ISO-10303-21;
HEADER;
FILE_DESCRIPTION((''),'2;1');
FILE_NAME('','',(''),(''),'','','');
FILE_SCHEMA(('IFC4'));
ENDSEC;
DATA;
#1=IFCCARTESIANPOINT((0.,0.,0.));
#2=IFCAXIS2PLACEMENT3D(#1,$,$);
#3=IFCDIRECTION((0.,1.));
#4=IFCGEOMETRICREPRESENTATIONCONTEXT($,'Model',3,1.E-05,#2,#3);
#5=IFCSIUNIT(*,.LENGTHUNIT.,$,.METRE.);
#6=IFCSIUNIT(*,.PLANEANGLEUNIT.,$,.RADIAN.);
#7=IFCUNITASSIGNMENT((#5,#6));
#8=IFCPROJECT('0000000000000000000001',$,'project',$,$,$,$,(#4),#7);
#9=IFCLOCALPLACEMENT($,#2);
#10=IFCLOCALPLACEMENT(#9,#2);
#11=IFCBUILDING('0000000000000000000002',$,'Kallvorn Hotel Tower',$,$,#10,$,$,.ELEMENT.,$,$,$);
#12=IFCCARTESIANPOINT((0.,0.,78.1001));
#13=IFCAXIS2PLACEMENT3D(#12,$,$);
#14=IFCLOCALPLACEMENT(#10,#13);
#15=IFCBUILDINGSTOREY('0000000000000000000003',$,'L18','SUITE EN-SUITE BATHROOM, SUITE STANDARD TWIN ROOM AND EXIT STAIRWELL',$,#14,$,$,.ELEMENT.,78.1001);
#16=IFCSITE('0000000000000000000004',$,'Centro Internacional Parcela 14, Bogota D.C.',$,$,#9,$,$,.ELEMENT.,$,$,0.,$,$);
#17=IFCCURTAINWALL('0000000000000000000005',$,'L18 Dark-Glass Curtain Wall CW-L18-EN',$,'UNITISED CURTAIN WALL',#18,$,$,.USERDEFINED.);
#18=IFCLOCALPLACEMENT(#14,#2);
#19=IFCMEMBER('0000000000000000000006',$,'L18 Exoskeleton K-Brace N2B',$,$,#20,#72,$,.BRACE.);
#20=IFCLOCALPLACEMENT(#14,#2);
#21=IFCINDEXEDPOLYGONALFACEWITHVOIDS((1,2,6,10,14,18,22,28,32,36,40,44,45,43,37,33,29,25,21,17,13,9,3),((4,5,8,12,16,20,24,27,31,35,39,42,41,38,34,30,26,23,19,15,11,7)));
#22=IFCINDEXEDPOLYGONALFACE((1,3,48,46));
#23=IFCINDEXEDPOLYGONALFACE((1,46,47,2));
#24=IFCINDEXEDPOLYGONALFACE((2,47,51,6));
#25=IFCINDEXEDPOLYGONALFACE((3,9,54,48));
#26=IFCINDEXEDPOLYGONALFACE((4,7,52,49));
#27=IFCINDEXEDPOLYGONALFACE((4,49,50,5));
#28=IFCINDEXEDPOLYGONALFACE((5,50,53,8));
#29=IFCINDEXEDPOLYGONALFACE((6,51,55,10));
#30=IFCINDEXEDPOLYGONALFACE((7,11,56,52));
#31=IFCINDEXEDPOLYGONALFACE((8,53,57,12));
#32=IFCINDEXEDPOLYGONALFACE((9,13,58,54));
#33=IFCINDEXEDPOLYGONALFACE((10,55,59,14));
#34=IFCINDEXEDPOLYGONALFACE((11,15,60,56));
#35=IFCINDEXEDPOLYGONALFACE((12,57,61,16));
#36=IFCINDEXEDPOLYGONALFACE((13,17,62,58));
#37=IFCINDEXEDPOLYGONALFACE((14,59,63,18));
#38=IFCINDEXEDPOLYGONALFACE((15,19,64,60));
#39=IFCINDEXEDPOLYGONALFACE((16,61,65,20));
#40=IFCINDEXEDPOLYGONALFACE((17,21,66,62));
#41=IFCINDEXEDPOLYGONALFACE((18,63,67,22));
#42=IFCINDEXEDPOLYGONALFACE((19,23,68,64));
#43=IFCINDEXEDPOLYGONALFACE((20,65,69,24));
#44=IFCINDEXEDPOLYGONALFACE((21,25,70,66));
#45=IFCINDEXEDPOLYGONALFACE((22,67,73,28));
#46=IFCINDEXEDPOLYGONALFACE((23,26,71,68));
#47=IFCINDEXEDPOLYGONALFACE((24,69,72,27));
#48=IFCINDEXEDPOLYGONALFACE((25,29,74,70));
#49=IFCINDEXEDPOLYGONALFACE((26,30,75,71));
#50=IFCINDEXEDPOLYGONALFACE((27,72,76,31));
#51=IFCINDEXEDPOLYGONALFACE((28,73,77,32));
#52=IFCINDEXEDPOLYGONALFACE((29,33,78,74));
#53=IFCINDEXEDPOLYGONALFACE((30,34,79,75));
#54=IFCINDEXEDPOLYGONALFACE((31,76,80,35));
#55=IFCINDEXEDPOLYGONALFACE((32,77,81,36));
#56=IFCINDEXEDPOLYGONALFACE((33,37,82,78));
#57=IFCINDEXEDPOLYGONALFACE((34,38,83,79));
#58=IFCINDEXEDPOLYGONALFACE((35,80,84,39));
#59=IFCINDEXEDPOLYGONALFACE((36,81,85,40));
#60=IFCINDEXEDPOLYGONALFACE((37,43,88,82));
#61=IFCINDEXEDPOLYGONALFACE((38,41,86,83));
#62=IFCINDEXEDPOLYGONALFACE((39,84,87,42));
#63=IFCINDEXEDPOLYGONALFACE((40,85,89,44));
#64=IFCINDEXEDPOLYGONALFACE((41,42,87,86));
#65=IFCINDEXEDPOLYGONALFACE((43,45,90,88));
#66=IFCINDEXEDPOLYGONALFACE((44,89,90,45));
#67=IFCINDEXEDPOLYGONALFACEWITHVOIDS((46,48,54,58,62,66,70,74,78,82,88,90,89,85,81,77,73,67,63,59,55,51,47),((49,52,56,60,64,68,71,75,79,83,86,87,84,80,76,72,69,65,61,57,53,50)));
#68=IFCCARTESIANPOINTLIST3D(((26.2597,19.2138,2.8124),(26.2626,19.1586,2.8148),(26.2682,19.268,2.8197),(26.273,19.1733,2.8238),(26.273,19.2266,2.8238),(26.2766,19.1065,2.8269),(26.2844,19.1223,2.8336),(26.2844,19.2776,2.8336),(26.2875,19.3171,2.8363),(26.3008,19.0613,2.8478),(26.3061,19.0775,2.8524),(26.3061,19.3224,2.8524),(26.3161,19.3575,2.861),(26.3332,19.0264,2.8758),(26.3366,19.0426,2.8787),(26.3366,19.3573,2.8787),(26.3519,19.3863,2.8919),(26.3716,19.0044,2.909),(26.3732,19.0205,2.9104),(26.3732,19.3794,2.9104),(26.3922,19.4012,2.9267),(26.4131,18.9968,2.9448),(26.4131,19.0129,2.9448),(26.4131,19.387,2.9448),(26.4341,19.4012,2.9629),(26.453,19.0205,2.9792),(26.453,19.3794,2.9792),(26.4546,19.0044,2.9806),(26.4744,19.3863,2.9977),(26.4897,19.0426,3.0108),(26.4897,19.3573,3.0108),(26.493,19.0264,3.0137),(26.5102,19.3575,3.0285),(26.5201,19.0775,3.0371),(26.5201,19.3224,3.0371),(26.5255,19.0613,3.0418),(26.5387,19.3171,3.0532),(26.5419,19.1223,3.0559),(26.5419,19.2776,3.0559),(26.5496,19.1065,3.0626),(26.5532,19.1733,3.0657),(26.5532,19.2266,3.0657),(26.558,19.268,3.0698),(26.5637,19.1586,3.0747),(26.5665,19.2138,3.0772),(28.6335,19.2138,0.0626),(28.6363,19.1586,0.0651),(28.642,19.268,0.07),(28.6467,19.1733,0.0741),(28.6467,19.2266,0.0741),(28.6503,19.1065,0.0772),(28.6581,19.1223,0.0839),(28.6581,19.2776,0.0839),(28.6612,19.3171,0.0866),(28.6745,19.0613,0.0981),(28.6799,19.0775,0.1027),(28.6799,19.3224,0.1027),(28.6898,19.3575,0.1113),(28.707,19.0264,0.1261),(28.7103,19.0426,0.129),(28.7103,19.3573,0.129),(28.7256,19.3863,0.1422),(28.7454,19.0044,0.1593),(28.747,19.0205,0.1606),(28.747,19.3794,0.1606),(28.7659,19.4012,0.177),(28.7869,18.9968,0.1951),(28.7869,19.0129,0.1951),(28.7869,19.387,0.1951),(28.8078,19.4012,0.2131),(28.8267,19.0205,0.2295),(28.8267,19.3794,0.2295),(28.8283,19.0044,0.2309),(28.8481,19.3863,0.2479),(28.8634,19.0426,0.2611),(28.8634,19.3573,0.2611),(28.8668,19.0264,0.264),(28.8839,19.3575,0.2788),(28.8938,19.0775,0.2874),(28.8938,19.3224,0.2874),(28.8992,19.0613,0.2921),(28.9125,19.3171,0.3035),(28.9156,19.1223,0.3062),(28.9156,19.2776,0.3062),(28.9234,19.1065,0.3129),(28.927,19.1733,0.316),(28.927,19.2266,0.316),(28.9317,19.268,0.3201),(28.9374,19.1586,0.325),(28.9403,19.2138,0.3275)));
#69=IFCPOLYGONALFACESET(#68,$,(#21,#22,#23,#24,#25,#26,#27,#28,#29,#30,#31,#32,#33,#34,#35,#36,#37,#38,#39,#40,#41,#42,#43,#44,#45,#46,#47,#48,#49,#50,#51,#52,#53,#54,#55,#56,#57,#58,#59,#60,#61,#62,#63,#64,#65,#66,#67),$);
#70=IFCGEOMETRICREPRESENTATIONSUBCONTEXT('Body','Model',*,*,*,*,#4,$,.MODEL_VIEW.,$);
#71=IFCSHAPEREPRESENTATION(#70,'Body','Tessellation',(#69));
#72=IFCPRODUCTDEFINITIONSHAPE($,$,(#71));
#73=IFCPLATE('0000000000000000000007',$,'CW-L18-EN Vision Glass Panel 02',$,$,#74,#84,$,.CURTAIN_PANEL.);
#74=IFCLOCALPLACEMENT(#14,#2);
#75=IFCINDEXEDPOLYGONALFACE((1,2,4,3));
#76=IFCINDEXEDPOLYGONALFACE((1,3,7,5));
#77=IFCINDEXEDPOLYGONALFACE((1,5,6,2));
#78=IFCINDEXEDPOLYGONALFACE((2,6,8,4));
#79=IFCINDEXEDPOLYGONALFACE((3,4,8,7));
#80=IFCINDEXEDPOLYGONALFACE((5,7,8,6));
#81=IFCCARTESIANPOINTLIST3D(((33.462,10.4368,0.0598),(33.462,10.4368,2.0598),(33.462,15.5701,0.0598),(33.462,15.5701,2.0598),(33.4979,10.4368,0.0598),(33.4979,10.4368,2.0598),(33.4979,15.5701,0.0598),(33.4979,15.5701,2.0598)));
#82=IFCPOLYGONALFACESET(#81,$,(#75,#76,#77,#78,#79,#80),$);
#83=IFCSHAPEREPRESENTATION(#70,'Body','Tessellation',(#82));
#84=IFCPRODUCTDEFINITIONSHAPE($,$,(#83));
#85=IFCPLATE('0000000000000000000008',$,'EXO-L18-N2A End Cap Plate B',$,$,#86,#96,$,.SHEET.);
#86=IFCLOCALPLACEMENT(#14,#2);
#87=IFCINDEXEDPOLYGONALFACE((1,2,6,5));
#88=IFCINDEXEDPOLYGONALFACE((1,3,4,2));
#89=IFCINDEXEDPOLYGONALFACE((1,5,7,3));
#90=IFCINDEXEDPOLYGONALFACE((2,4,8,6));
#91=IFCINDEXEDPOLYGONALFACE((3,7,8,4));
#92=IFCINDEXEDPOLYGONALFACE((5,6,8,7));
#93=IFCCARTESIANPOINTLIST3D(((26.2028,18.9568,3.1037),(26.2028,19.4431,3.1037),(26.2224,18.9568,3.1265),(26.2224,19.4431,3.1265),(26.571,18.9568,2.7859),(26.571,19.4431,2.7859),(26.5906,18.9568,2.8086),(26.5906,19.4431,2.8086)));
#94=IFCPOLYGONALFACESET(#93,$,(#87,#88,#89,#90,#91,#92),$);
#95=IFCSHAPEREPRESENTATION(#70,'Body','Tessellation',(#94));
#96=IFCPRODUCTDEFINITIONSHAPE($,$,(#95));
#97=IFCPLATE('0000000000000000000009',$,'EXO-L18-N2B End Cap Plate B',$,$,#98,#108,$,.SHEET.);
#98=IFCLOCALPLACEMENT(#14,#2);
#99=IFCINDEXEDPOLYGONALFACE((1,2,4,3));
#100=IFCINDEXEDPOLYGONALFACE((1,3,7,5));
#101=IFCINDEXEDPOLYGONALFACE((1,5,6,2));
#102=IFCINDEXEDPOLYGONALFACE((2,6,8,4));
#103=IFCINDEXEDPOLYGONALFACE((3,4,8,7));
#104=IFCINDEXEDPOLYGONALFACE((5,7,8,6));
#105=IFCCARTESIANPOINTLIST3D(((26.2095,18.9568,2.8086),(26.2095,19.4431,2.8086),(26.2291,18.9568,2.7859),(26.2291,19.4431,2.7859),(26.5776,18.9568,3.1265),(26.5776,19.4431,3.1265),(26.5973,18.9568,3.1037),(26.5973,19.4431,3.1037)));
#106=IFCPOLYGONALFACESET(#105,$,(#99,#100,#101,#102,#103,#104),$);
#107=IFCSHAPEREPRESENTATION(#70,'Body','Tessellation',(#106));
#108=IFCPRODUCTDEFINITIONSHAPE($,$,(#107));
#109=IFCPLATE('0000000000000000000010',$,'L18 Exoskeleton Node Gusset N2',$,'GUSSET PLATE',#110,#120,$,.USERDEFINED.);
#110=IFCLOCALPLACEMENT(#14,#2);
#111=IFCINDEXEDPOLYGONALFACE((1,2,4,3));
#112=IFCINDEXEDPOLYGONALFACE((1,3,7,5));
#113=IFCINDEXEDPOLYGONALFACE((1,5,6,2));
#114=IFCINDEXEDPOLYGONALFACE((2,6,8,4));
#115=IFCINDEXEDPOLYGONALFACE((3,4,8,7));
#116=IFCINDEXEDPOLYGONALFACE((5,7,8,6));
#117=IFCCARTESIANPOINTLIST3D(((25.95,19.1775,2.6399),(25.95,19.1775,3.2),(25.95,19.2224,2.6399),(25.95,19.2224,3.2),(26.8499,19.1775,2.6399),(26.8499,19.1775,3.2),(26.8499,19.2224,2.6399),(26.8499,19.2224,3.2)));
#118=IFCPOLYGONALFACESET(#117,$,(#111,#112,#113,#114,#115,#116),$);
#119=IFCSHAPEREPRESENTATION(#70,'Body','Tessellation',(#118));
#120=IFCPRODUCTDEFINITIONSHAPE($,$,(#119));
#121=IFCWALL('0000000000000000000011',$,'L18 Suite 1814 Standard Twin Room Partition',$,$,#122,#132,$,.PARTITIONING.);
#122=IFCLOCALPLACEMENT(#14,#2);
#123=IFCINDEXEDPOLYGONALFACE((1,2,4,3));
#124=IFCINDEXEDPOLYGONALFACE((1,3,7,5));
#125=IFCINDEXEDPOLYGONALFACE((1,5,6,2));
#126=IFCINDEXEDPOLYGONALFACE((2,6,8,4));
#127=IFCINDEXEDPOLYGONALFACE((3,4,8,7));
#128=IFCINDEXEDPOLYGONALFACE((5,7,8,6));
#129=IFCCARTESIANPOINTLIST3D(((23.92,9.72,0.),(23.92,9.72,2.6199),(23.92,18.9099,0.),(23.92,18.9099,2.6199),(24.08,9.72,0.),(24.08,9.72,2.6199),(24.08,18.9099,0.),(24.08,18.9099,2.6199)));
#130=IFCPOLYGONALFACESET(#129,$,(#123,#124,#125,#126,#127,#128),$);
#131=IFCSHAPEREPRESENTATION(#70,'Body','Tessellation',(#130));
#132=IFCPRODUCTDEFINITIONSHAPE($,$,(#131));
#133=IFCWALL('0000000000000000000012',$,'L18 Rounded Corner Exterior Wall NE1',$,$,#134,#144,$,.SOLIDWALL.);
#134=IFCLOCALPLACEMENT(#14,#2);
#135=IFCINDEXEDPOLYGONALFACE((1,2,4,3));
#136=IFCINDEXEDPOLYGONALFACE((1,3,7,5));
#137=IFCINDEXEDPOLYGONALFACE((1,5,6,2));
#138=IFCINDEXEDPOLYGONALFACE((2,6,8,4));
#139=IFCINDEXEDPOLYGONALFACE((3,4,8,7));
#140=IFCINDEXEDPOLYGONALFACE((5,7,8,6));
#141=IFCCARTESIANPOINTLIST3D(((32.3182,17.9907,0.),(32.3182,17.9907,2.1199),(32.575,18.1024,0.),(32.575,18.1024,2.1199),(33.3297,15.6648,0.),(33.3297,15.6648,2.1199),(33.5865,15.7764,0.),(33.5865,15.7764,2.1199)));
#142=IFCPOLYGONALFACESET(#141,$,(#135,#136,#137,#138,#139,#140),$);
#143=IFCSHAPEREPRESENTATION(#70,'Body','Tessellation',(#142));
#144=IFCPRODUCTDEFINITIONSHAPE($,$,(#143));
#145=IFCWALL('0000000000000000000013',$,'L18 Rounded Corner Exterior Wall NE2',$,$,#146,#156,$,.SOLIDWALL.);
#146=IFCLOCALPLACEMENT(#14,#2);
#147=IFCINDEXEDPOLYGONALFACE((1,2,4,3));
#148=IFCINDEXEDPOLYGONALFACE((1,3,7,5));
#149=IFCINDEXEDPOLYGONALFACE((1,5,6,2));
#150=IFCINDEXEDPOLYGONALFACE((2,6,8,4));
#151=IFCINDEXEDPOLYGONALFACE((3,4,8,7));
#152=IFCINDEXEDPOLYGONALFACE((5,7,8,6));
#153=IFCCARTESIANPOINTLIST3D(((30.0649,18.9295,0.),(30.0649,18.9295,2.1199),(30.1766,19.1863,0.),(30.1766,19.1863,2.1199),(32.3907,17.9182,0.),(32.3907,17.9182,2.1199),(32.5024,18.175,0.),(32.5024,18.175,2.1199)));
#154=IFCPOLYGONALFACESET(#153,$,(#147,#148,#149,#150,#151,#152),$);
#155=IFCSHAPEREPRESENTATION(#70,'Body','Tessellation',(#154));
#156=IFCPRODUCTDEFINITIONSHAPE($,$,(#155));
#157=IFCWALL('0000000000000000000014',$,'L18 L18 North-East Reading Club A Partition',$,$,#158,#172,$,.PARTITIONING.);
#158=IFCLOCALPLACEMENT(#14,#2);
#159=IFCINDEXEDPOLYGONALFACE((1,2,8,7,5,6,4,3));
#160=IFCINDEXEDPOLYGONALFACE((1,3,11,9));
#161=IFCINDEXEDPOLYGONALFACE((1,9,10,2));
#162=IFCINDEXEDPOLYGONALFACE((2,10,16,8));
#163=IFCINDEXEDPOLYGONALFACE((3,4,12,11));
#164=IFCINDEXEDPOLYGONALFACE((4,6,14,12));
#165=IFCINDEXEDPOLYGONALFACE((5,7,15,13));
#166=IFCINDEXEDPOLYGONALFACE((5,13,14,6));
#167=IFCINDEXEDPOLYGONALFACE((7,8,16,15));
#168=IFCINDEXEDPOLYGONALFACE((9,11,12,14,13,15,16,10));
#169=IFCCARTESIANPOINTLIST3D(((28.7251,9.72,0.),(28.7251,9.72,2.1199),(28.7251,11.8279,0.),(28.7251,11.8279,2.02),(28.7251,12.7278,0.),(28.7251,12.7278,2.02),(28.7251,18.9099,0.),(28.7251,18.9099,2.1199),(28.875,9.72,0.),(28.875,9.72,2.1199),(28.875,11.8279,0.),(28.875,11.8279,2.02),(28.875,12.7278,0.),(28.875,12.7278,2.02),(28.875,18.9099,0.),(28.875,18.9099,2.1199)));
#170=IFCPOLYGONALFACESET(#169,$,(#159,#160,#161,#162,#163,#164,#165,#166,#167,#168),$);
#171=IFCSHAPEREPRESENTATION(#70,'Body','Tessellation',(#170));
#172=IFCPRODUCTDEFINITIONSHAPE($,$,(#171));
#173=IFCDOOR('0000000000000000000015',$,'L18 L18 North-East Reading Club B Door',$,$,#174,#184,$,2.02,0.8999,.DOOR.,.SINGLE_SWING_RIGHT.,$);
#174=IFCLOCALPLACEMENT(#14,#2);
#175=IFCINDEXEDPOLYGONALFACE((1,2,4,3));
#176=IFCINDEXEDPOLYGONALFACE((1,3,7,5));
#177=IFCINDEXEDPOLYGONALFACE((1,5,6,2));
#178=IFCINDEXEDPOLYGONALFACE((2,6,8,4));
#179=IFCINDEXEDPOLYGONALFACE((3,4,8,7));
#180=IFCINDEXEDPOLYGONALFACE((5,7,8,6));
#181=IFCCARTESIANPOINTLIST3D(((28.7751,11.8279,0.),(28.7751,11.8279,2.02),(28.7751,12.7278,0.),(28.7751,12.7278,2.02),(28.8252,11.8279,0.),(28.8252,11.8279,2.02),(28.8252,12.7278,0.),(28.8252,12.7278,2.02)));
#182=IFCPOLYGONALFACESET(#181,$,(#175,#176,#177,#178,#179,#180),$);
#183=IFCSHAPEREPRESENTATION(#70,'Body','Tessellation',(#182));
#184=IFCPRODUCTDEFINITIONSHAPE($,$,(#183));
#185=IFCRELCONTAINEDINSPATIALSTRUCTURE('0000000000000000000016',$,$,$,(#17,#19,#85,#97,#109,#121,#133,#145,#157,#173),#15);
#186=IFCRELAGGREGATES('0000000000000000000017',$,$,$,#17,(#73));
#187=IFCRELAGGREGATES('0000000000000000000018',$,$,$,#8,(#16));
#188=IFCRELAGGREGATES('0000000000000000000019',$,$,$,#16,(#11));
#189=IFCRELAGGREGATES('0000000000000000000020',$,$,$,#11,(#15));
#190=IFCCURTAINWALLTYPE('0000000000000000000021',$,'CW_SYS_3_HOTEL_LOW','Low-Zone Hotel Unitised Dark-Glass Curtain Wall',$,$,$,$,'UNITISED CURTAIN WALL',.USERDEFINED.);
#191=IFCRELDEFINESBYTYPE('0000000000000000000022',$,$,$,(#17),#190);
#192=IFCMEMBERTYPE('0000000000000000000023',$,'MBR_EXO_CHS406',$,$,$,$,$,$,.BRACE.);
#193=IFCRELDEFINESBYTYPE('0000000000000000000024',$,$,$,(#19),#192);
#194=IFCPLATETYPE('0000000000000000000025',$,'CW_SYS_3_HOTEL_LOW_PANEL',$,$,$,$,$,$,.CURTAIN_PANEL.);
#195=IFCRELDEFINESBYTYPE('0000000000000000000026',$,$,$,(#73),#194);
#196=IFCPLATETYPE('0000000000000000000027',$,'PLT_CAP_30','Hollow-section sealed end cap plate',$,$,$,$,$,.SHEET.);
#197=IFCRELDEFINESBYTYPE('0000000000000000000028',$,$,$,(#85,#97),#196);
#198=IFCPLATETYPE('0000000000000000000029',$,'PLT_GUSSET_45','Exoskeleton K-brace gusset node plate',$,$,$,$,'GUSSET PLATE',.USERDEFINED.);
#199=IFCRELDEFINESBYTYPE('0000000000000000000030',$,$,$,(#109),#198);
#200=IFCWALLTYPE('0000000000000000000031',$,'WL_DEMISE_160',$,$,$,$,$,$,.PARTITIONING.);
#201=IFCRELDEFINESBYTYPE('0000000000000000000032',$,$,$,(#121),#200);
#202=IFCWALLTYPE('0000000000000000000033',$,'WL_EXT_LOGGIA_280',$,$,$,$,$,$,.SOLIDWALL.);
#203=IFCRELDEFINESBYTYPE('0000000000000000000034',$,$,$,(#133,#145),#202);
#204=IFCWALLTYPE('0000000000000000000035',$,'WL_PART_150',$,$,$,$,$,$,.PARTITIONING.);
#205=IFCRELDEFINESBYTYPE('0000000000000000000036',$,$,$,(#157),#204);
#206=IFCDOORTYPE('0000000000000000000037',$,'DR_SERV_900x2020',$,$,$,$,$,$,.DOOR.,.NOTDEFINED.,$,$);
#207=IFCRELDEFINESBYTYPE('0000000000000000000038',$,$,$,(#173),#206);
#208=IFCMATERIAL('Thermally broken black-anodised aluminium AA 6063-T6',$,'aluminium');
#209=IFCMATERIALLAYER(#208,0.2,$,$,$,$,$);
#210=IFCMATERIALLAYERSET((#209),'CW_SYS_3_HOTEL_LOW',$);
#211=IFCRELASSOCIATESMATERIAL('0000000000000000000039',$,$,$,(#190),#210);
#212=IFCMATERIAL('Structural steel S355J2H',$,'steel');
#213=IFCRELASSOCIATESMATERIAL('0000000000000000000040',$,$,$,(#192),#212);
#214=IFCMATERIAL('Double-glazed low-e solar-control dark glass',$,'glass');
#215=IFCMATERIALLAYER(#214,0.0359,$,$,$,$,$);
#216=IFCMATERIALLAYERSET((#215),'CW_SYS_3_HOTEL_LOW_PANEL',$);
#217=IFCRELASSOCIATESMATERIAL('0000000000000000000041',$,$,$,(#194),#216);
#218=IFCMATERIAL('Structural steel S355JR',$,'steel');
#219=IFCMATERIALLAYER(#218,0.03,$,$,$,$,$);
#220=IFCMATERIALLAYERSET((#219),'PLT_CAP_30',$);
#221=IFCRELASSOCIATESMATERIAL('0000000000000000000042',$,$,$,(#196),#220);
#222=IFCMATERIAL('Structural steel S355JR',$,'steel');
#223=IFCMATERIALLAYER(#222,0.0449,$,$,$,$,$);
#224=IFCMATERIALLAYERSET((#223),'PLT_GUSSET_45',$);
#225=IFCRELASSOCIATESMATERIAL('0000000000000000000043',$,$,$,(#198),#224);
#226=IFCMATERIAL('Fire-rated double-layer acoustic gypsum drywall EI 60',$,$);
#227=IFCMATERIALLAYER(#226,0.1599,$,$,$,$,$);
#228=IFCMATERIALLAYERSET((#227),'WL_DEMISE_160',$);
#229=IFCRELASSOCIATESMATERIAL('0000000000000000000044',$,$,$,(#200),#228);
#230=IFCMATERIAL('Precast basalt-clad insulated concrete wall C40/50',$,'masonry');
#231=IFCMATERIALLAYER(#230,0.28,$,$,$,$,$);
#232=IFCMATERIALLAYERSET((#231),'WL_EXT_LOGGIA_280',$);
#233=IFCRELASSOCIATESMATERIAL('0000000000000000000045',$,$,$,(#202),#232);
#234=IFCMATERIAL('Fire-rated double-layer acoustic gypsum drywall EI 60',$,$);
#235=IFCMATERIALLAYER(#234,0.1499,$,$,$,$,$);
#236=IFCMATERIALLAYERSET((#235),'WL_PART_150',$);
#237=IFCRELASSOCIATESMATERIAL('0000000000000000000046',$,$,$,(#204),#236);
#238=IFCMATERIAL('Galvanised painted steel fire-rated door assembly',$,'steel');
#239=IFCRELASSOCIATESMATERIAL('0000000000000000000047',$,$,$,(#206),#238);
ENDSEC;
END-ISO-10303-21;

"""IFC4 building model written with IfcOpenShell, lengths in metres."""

from ifc_helpers import new_model, si_unit, direction, frame, frame_2d, origin, origin_2d, place, context, subcontext, project, spatial, polyline, rectangle, hollow_circle, outline, extrude, material, layer, layer_set, material_profile, profile_set, type_object, element, fill, aggregate, save


model = new_model("IFC4")

# Units and contexts
model_context = context("Model", 3, precision=1e-05, world=origin(), true_north=direction((0.0, 1.0)))
body_context = subcontext(model_context, "Body", "Model", "MODEL_VIEW")
ifc_project = project(units=[si_unit("LENGTHUNIT", "METRE"), si_unit("PLANEANGLEUNIT", "RADIAN")], contexts=[model_context])

# Site, building, storey
site_placement = place(None, origin())
site = spatial("IfcSite", under=ifc_project, at=site_placement, Name="Centro Internacional Parcela 14, Bogota D.C.", CompositionType="ELEMENT", RefElevation=0.0)
building_placement = place(site_placement, origin())
building = spatial("IfcBuilding", under=site, at=building_placement, Name="Kallvorn Hotel Tower", CompositionType="ELEMENT")
storey_placement = place(building_placement, frame((0.0, 0.0, 78.1001)))
storey = spatial("IfcBuildingStorey", under=building, at=storey_placement, Name="L18", Description="SUITE EN-SUITE BATHROOM, SUITE STANDARD TWIN ROOM AND EXIT STAIRWELL", CompositionType="ELEMENT", Elevation=78.1001)

# Curtain wall
ifc_material_1 = material(Name="Thermally broken black-anodised aluminium AA 6063-T6", Category="aluminium")
ifc_layer_1 = layer(ifc_material_1, 0.2)
ifc_layer_set_1 = layer_set([ifc_layer_1], Name="CW_SYS_3_HOTEL_LOW")
curtain_wall_type = type_object("IfcCurtainWallType", Name="CW_SYS_3_HOTEL_LOW", Description="Low-Zone Hotel Unitised Dark-Glass Curtain Wall", ElementType="UNITISED CURTAIN WALL", PredefinedType="USERDEFINED", material=ifc_layer_set_1)
curtain_wall_placement = place(storey_placement, origin())
curtain_wall = element("IfcCurtainWall", 1, at=curtain_wall_placement, inside=storey, type_object=curtain_wall_type, Name="L18 Dark-Glass Curtain Wall CW-L18-EN", ObjectType="UNITISED CURTAIN WALL", PredefinedType="USERDEFINED")

# Member
ifc_material_2 = material(Name="Structural steel S355J2H", Category="steel")
ifc_material_profile_1 = material_profile(ifc_material_2, hollow_circle(Radius=0.2031, WallThickness=0.0161, at=origin_2d()), Name="CHS 406.4x16")
ifc_profile_set_1 = profile_set([ifc_material_profile_1], Name="Structural steel S355J2H")
member_type_1 = type_object("IfcMemberType", Name="MBR_EXO_CHS406", PredefinedType="BRACE", material=ifc_profile_set_1)
for number, where, z_axis, x_axis, name in (
    (2, (28.7869, 19.2, 0.1951), (-0.653461, 0.0, 0.756961), (0.0, -1.0, 0.0), "L18 Exoskeleton K-Brace N2B"),
):
    element("IfcMember", number, at=place(storey_placement, frame(where, z_axis=z_axis, x_axis=x_axis)), inside=storey, type_object=member_type_1, Name=name, PredefinedType="BRACE", context=body_context, shape_type="SweptSolid", body=[
        extrude(hollow_circle(Radius=0.2031, WallThickness=0.0161, at=origin_2d()), origin(), (0.0, 0.0, 1.0), 3.6326),
    ])

# Plate
ifc_material_3 = material(Name="Double-glazed low-e solar-control dark glass", Category="glass")
ifc_layer_2 = layer(ifc_material_3, 0.0359)
ifc_layer_set_2 = layer_set([ifc_layer_2], Name="CW_SYS_3_HOTEL_LOW_PANEL")
plate_type_1 = type_object("IfcPlateType", Name="CW_SYS_3_HOTEL_LOW_PANEL", PredefinedType="CURTAIN_PANEL", material=ifc_layer_set_2)
plate_1_placement = place(storey_placement, frame((33.48, 13.0034, 0.0598), z_axis=(0.0, 0.0, 1.0), x_axis=(0.0, 1.0, 0.0)))
plate_1 = element("IfcPlate", 3, at=plate_1_placement, type_object=plate_type_1, Name="CW-L18-EN Vision Glass Panel 02", PredefinedType="CURTAIN_PANEL", context=body_context, shape_type="SweptSolid", body=[
    extrude(rectangle(XDim=5.1333, YDim=0.0359, at=origin_2d()), origin(), (0.0, 0.0, 1.0), 2.0),
])
aggregate(curtain_wall, [plate_1])

# Plates
ifc_material_4 = material(Name="Structural steel S355JR", Category="steel")
ifc_layer_3 = layer(ifc_material_4, 0.03)
ifc_layer_set_3 = layer_set([ifc_layer_3], Name="PLT_CAP_30")
plate_type_2 = type_object("IfcPlateType", Name="PLT_CAP_30", Description="Hollow-section sealed end cap plate", PredefinedType="SHEET", material=ifc_layer_set_3)
for number, where, z_axis, x_axis, name in (
    (4, (26.5906, 18.9568, 2.8086), (0.653515, 0.0, 0.756913), (0.0, 1.0, 0.0), "EXO-L18-N2A End Cap Plate B"),
    (5, (26.2095, 19.4431, 2.8086), (-0.653515, 0.0, 0.756913), (0.0, -1.0, 0.0), "EXO-L18-N2B End Cap Plate B"),
):
    element("IfcPlate", number, at=place(storey_placement, frame(where, z_axis=z_axis, x_axis=x_axis)), inside=storey, type_object=plate_type_2, Name=name, PredefinedType="SHEET", context=body_context, shape_type="SweptSolid", body=[
        extrude(outline(polyline([(0.0, 0.0), (0.4863, 0.0), (0.4863, 0.4864), (0.0, 0.4864), (0.0, 0.0)])), origin(), (0.0, 0.0, -1.0), 0.03),
    ])
ifc_material_5 = material(Name="Structural steel S355JR", Category="steel")
ifc_layer_4 = layer(ifc_material_5, 0.0449)
ifc_layer_set_4 = layer_set([ifc_layer_4], Name="PLT_GUSSET_45")
plate_type_3 = type_object("IfcPlateType", Name="PLT_GUSSET_45", Description="Exoskeleton K-brace gusset node plate", ElementType="GUSSET PLATE", PredefinedType="USERDEFINED", material=ifc_layer_set_4)
plate_2_placement = place(storey_placement, frame((26.3999, 19.2, 2.6399), z_axis=(0.0, 0.0, 1.0), x_axis=(1.0, 0.0, 0.0)))
element("IfcPlate", 6, at=plate_2_placement, inside=storey, type_object=plate_type_3, Name="L18 Exoskeleton Node Gusset N2", ObjectType="GUSSET PLATE", PredefinedType="USERDEFINED", context=body_context, shape_type="SweptSolid", body=[
    extrude(rectangle(XDim=0.8999, YDim=0.0449, at=origin_2d()), origin(), (0.0, 0.0, 1.0), 0.5601),
])

# Walls
ifc_material_6 = material(Name="Fire-rated double-layer acoustic gypsum drywall EI 60")
ifc_layer_5 = layer(ifc_material_6, 0.1599)
ifc_layer_set_5 = layer_set([ifc_layer_5], Name="WL_DEMISE_160")
wall_type_1 = type_object("IfcWallType", Name="WL_DEMISE_160", PredefinedType="PARTITIONING", material=ifc_layer_set_5)
wall_1_placement = place(storey_placement, frame((24.0, 9.72, 0.0), z_axis=(0.0, 0.0, 1.0), x_axis=(0.0, 1.0, 0.0)))
element("IfcWall", 7, at=wall_1_placement, inside=storey, type_object=wall_type_1, Name="L18 Suite 1814 Standard Twin Room Partition", PredefinedType="PARTITIONING", context=body_context, shape_type="SweptSolid", body=[
    extrude(rectangle(XDim=9.1899, YDim=0.1599, at=frame_2d((4.595, 0.0))), origin(), (0.0, 0.0, 1.0), 2.6199),
])
ifc_material_7 = material(Name="Precast basalt-clad insulated concrete wall C40/50", Category="masonry")
ifc_layer_6 = layer(ifc_material_7, 0.28)
ifc_layer_set_6 = layer_set([ifc_layer_6], Name="WL_EXT_LOGGIA_280")
wall_type_2 = type_object("IfcWallType", Name="WL_EXT_LOGGIA_280", PredefinedType="SOLIDWALL", material=ifc_layer_set_6)
wall_2_placement = place(storey_placement, frame((33.458, 15.7207, 0.0), z_axis=(0.0, 0.0, 1.0), x_axis=(-0.398793, 0.917041, 0.0)))
element("IfcWall", 8, at=wall_2_placement, inside=storey, type_object=wall_type_2, Name="L18 Rounded Corner Exterior Wall NE1", PredefinedType="SOLIDWALL", context=body_context, shape_type="SweptSolid", body=[
    extrude(rectangle(XDim=2.5364, YDim=0.28, at=frame_2d((1.2681, 0.0))), origin(), (0.0, 0.0, 1.0), 2.1199),
])
wall_3_placement = place(storey_placement, frame((32.4465, 18.0466, 0.0), z_axis=(0.0, 0.0, 1.0), x_axis=(-0.917061, 0.398747, 0.0)))
element("IfcWall", 9, at=wall_3_placement, inside=storey, type_object=wall_type_2, Name="L18 Rounded Corner Exterior Wall NE2", PredefinedType="SOLIDWALL", context=body_context, shape_type="SweptSolid", body=[
    extrude(rectangle(XDim=2.5361, YDim=0.28, at=frame_2d((1.2681, 0.0))), origin(), (0.0, 0.0, 1.0), 2.1199),
])

# Wall, opening, door
ifc_material_8 = material(Name="Fire-rated double-layer acoustic gypsum drywall EI 60")
ifc_layer_7 = layer(ifc_material_8, 0.1499)
ifc_layer_set_7 = layer_set([ifc_layer_7], Name="WL_PART_150")
wall_type_3 = type_object("IfcWallType", Name="WL_PART_150", PredefinedType="PARTITIONING", material=ifc_layer_set_7)
wall_4_placement = place(storey_placement, frame((28.8, 9.72, 0.0), z_axis=(0.0, 0.0, 1.0), x_axis=(0.0, 1.0, 0.0)))
wall_4 = element("IfcWall", 10, at=wall_4_placement, inside=storey, type_object=wall_type_3, Name="L18 L18 North-East Reading Club A Partition", PredefinedType="PARTITIONING", context=body_context, shape_type="SweptSolid", body=[
    extrude(rectangle(XDim=9.1899, YDim=0.1499, at=frame_2d((4.595, 0.0))), origin(), (0.0, 0.0, 1.0), 2.1199),
])
opening_placement = place(wall_4_placement, frame((2.1079, 0.0, 0.0)))
opening = element("IfcOpeningElement", 11, at=opening_placement, cuts=wall_4, PredefinedType="OPENING", context=body_context, shape_type="SweptSolid", body=[
    extrude(rectangle(XDim=0.8999, YDim=2.02, at=frame_2d((0.45, 1.01))), frame((0.0, 0.0898, 0.0), z_axis=(0.0, -1.0, 0.0), x_axis=(1.0, 0.0, 0.0)), (0.0, 0.0, 1.0), 0.1799),
])
ifc_material_9 = material(Name="Galvanised painted steel fire-rated door assembly", Category="steel")
door_type = type_object("IfcDoorType", Name="DR_SERV_900x2020", OperationType="NOTDEFINED", PredefinedType="DOOR", material=ifc_material_9)
door_placement = place(opening_placement, origin())
door = element("IfcDoor", 12, at=door_placement, inside=storey, type_object=door_type, Name="L18 L18 North-East Reading Club B Door", OperationType="SINGLE_SWING_RIGHT", OverallHeight=2.02, OverallWidth=0.8999, PredefinedType="DOOR", context=body_context, shape_type="SweptSolid", body=[
    extrude(rectangle(XDim=0.8999, YDim=2.02, at=frame_2d((0.45, 1.01))), frame((0.0, 0.0249, 0.0), z_axis=(0.0, -1.0, 0.0), x_axis=(1.0, 0.0, 0.0)), (0.0, 0.0, 1.0), 0.05),
])
fill(opening, door)

save(model, "model.ifc")
